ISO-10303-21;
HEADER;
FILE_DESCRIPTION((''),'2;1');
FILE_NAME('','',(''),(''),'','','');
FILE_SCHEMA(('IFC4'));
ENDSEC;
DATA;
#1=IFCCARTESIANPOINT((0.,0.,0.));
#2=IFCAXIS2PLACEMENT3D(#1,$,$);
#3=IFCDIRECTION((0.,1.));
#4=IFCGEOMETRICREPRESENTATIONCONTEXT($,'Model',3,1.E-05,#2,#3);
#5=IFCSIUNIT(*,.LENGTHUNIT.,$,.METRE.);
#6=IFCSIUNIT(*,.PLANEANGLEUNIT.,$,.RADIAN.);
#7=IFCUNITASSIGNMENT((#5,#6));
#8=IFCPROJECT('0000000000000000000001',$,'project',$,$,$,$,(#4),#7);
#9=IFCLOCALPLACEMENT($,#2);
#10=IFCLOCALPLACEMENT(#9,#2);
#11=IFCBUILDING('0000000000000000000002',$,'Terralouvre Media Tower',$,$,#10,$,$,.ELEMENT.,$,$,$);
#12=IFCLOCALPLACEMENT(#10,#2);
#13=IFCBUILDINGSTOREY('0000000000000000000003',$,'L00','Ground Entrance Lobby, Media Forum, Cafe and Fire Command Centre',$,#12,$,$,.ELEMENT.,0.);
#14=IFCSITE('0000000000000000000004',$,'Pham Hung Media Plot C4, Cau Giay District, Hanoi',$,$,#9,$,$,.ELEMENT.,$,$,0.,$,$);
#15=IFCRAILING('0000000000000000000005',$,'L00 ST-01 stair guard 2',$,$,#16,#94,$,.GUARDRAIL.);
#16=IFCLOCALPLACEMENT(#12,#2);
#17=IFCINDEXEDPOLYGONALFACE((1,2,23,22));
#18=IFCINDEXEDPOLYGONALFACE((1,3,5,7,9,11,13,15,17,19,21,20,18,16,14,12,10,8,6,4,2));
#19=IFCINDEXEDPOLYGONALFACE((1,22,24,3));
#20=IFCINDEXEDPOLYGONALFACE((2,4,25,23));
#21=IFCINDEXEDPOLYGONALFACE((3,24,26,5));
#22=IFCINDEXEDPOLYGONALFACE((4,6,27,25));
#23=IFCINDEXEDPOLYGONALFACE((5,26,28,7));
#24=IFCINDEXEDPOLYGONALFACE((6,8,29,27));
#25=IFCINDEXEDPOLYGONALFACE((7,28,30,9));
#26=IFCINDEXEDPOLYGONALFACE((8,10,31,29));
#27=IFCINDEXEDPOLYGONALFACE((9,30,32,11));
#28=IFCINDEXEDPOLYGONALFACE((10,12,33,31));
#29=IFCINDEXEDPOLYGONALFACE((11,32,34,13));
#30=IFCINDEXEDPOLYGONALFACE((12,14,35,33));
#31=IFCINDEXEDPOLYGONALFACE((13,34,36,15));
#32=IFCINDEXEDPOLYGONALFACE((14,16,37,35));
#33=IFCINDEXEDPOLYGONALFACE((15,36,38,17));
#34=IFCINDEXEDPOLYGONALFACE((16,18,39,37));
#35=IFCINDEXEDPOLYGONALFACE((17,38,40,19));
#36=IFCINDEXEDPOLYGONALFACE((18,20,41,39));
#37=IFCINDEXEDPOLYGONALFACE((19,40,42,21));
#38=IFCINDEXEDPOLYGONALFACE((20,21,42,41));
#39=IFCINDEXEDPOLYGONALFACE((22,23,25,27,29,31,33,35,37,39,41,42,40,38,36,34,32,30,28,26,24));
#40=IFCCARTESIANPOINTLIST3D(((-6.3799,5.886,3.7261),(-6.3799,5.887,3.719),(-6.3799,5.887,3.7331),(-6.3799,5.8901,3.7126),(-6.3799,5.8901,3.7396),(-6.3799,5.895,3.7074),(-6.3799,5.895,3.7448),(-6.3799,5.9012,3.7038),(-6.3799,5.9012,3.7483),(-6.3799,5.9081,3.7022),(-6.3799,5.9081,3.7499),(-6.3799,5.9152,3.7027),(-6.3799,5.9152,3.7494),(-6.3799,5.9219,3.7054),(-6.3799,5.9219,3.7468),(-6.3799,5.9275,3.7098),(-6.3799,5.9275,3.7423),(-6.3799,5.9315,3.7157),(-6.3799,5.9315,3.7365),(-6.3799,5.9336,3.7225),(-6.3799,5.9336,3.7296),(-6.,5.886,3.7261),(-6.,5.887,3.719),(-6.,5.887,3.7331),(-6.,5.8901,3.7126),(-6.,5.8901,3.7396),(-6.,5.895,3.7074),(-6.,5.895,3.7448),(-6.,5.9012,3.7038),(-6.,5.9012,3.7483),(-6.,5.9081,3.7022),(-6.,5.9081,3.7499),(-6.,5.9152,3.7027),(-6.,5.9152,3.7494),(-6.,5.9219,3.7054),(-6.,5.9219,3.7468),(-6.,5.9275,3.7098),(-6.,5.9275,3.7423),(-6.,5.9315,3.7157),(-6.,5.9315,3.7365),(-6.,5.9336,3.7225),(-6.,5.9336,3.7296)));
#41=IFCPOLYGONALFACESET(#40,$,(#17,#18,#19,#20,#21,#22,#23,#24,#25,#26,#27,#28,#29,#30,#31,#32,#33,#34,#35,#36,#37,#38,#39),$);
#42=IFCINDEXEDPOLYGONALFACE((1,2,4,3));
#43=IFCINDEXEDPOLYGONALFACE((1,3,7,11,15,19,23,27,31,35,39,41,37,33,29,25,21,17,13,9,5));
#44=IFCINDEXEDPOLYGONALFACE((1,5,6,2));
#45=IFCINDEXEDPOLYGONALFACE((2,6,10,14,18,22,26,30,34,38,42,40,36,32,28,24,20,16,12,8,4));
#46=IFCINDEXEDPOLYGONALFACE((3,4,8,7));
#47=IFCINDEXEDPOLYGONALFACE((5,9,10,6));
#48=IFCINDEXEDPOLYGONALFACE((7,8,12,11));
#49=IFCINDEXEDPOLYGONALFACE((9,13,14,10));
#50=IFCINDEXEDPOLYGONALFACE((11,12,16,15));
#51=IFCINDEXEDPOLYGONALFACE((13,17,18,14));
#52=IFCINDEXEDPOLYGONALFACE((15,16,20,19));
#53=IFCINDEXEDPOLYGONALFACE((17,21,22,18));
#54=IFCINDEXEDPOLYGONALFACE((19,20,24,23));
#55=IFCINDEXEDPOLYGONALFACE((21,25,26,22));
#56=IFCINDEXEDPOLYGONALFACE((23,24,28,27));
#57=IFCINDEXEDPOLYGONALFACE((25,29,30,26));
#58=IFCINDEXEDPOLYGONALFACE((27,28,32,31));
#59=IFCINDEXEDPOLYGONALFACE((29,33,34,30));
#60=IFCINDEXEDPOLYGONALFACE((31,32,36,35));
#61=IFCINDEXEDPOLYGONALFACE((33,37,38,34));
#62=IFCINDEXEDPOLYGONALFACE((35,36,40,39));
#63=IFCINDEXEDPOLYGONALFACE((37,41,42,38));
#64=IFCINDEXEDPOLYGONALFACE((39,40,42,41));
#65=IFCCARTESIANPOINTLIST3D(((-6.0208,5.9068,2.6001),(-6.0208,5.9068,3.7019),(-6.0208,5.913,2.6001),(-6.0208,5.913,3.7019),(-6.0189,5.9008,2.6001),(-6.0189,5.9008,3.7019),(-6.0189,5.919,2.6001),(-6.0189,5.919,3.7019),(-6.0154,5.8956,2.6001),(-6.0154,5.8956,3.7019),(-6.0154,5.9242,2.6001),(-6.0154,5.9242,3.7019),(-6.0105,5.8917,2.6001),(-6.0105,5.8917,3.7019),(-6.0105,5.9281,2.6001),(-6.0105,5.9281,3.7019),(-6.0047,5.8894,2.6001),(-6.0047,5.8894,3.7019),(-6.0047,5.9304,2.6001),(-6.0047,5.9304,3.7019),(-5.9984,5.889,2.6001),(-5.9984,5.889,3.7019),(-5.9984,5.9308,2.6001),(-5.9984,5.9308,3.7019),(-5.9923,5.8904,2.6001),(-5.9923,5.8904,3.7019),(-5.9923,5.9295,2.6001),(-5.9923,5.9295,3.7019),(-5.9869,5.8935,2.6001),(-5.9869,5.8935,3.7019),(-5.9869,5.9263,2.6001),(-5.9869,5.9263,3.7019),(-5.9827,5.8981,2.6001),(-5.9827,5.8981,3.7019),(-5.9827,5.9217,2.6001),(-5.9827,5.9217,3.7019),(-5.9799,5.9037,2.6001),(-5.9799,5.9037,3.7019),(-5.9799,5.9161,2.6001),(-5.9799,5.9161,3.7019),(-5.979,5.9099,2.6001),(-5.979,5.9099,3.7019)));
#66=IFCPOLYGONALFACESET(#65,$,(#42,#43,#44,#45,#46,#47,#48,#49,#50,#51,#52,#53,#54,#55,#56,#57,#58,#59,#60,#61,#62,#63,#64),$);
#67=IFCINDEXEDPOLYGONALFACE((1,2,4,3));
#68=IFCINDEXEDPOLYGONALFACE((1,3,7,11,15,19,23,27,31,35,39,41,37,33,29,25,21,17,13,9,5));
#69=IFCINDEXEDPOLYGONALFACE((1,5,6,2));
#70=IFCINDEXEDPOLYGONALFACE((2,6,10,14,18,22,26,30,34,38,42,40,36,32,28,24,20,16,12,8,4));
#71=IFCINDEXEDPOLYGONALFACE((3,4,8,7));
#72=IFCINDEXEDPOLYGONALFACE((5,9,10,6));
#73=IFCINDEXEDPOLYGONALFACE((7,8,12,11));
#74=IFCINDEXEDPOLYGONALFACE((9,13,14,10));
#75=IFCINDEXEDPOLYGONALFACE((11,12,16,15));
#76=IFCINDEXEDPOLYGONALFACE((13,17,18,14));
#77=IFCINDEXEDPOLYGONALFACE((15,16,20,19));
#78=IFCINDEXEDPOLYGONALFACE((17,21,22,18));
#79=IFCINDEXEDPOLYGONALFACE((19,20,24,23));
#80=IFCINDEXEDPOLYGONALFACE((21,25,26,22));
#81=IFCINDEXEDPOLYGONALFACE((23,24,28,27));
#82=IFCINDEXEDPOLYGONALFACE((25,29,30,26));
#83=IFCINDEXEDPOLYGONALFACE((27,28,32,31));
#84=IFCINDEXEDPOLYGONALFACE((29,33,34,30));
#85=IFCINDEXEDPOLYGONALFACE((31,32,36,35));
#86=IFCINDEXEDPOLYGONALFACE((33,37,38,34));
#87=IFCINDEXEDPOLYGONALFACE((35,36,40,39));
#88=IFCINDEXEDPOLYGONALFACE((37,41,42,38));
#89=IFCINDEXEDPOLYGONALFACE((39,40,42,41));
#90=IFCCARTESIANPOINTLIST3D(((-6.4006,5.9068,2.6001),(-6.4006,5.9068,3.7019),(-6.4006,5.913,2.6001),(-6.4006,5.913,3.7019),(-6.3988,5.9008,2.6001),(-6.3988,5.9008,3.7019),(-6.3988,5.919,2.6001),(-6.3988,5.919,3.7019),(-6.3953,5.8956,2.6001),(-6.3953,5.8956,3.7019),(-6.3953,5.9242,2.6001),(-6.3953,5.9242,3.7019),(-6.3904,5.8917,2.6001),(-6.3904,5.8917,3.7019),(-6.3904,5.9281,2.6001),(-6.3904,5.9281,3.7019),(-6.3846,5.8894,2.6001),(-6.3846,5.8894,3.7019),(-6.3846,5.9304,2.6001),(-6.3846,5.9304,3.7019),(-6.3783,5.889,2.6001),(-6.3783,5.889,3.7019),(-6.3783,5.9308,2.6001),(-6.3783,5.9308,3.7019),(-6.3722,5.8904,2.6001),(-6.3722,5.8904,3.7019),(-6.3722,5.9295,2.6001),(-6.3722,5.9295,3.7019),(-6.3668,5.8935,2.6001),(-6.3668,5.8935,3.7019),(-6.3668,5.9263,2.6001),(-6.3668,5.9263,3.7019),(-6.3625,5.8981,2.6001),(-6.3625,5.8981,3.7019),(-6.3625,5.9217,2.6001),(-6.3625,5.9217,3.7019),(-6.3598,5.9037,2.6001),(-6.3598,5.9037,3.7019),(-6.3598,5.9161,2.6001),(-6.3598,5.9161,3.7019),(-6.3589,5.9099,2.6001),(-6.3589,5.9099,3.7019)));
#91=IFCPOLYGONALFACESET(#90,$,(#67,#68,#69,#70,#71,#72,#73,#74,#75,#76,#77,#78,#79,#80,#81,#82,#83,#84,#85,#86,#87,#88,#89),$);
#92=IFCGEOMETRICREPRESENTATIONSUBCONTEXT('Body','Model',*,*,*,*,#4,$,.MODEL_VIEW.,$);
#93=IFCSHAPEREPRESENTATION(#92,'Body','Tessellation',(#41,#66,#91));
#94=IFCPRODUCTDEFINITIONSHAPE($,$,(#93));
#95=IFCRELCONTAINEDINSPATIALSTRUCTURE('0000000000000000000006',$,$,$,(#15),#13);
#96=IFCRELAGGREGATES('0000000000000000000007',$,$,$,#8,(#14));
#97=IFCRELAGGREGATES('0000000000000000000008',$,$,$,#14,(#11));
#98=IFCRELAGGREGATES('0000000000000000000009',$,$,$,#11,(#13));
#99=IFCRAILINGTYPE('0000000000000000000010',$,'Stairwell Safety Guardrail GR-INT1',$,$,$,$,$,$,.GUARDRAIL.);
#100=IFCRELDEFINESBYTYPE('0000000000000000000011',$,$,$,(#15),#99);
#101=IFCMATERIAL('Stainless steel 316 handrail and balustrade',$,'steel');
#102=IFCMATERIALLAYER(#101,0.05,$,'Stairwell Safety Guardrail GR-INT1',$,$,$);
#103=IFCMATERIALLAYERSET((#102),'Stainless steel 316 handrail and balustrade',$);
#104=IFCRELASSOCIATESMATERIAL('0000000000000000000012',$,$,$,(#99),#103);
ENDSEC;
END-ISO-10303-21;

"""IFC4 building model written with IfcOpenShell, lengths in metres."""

from ifc_helpers import new_model, si_unit, direction, frame, origin, origin_2d, place, context, subcontext, project, spatial, circle, extrude, material, layer, layer_set, type_object, element, save


model = new_model("IFC4")

# Units and contexts
model_context = context("Model", 3, precision=1e-05, world=origin(), true_north=direction((0.0, 1.0)))
body_context = subcontext(model_context, "Body", "Model", "MODEL_VIEW")
ifc_project = project(units=[si_unit("LENGTHUNIT", "METRE"), si_unit("PLANEANGLEUNIT", "RADIAN")], contexts=[model_context])

# Site, building, storey
site_placement = place(None, origin())
site = spatial("IfcSite", under=ifc_project, at=site_placement, Name="Pham Hung Media Plot C4, Cau Giay District, Hanoi", CompositionType="ELEMENT", RefElevation=0.0)
building_placement = place(site_placement, origin())
building = spatial("IfcBuilding", under=site, at=building_placement, Name="Terralouvre Media Tower", CompositionType="ELEMENT")
storey_placement = place(building_placement, origin())
storey = spatial("IfcBuildingStorey", under=building, at=storey_placement, Name="L00", Description="Ground Entrance Lobby, Media Forum, Cafe and Fire Command Centre", CompositionType="ELEMENT", Elevation=0.0)

# Railing
ifc_material_1 = material(Name="Stainless steel 316 handrail and balustrade", Category="steel")
ifc_layer_1 = layer(ifc_material_1, 0.05, Name="Stairwell Safety Guardrail GR-INT1")
ifc_layer_set_1 = layer_set([ifc_layer_1], Name="Stainless steel 316 handrail and balustrade")
railing_type_1 = type_object("IfcRailingType", Name="Stairwell Safety Guardrail GR-INT1", PredefinedType="GUARDRAIL", material=ifc_layer_set_1)
railing_1_placement = place(storey_placement, frame((-6.0, 5.9099, 2.6001)))
element("IfcRailing", 1, at=railing_1_placement, inside=storey, type_object=railing_type_1, Name="L00 ST-01 stair guard 2", PredefinedType="GUARDRAIL", context=body_context, shape_type="SweptSolid", body=[
    extrude(circle(Radius=0.0239, at=origin_2d()), frame((0.0, 0.0, 1.126), z_axis=(-1.0, 0.0, 0.0), x_axis=(0.0, -1.0, 0.0)), (0.0, 0.0, 1.0), 0.3799),
    extrude(circle(Radius=0.021, at=origin_2d()), origin(), (0.0, 0.0, 1.0), 1.1018),
    extrude(circle(Radius=0.021, at=origin_2d()), frame((-0.3799, 0.0, 0.0)), (0.0, 0.0, 1.0), 1.1018),
])

save(model, "model.ifc")
